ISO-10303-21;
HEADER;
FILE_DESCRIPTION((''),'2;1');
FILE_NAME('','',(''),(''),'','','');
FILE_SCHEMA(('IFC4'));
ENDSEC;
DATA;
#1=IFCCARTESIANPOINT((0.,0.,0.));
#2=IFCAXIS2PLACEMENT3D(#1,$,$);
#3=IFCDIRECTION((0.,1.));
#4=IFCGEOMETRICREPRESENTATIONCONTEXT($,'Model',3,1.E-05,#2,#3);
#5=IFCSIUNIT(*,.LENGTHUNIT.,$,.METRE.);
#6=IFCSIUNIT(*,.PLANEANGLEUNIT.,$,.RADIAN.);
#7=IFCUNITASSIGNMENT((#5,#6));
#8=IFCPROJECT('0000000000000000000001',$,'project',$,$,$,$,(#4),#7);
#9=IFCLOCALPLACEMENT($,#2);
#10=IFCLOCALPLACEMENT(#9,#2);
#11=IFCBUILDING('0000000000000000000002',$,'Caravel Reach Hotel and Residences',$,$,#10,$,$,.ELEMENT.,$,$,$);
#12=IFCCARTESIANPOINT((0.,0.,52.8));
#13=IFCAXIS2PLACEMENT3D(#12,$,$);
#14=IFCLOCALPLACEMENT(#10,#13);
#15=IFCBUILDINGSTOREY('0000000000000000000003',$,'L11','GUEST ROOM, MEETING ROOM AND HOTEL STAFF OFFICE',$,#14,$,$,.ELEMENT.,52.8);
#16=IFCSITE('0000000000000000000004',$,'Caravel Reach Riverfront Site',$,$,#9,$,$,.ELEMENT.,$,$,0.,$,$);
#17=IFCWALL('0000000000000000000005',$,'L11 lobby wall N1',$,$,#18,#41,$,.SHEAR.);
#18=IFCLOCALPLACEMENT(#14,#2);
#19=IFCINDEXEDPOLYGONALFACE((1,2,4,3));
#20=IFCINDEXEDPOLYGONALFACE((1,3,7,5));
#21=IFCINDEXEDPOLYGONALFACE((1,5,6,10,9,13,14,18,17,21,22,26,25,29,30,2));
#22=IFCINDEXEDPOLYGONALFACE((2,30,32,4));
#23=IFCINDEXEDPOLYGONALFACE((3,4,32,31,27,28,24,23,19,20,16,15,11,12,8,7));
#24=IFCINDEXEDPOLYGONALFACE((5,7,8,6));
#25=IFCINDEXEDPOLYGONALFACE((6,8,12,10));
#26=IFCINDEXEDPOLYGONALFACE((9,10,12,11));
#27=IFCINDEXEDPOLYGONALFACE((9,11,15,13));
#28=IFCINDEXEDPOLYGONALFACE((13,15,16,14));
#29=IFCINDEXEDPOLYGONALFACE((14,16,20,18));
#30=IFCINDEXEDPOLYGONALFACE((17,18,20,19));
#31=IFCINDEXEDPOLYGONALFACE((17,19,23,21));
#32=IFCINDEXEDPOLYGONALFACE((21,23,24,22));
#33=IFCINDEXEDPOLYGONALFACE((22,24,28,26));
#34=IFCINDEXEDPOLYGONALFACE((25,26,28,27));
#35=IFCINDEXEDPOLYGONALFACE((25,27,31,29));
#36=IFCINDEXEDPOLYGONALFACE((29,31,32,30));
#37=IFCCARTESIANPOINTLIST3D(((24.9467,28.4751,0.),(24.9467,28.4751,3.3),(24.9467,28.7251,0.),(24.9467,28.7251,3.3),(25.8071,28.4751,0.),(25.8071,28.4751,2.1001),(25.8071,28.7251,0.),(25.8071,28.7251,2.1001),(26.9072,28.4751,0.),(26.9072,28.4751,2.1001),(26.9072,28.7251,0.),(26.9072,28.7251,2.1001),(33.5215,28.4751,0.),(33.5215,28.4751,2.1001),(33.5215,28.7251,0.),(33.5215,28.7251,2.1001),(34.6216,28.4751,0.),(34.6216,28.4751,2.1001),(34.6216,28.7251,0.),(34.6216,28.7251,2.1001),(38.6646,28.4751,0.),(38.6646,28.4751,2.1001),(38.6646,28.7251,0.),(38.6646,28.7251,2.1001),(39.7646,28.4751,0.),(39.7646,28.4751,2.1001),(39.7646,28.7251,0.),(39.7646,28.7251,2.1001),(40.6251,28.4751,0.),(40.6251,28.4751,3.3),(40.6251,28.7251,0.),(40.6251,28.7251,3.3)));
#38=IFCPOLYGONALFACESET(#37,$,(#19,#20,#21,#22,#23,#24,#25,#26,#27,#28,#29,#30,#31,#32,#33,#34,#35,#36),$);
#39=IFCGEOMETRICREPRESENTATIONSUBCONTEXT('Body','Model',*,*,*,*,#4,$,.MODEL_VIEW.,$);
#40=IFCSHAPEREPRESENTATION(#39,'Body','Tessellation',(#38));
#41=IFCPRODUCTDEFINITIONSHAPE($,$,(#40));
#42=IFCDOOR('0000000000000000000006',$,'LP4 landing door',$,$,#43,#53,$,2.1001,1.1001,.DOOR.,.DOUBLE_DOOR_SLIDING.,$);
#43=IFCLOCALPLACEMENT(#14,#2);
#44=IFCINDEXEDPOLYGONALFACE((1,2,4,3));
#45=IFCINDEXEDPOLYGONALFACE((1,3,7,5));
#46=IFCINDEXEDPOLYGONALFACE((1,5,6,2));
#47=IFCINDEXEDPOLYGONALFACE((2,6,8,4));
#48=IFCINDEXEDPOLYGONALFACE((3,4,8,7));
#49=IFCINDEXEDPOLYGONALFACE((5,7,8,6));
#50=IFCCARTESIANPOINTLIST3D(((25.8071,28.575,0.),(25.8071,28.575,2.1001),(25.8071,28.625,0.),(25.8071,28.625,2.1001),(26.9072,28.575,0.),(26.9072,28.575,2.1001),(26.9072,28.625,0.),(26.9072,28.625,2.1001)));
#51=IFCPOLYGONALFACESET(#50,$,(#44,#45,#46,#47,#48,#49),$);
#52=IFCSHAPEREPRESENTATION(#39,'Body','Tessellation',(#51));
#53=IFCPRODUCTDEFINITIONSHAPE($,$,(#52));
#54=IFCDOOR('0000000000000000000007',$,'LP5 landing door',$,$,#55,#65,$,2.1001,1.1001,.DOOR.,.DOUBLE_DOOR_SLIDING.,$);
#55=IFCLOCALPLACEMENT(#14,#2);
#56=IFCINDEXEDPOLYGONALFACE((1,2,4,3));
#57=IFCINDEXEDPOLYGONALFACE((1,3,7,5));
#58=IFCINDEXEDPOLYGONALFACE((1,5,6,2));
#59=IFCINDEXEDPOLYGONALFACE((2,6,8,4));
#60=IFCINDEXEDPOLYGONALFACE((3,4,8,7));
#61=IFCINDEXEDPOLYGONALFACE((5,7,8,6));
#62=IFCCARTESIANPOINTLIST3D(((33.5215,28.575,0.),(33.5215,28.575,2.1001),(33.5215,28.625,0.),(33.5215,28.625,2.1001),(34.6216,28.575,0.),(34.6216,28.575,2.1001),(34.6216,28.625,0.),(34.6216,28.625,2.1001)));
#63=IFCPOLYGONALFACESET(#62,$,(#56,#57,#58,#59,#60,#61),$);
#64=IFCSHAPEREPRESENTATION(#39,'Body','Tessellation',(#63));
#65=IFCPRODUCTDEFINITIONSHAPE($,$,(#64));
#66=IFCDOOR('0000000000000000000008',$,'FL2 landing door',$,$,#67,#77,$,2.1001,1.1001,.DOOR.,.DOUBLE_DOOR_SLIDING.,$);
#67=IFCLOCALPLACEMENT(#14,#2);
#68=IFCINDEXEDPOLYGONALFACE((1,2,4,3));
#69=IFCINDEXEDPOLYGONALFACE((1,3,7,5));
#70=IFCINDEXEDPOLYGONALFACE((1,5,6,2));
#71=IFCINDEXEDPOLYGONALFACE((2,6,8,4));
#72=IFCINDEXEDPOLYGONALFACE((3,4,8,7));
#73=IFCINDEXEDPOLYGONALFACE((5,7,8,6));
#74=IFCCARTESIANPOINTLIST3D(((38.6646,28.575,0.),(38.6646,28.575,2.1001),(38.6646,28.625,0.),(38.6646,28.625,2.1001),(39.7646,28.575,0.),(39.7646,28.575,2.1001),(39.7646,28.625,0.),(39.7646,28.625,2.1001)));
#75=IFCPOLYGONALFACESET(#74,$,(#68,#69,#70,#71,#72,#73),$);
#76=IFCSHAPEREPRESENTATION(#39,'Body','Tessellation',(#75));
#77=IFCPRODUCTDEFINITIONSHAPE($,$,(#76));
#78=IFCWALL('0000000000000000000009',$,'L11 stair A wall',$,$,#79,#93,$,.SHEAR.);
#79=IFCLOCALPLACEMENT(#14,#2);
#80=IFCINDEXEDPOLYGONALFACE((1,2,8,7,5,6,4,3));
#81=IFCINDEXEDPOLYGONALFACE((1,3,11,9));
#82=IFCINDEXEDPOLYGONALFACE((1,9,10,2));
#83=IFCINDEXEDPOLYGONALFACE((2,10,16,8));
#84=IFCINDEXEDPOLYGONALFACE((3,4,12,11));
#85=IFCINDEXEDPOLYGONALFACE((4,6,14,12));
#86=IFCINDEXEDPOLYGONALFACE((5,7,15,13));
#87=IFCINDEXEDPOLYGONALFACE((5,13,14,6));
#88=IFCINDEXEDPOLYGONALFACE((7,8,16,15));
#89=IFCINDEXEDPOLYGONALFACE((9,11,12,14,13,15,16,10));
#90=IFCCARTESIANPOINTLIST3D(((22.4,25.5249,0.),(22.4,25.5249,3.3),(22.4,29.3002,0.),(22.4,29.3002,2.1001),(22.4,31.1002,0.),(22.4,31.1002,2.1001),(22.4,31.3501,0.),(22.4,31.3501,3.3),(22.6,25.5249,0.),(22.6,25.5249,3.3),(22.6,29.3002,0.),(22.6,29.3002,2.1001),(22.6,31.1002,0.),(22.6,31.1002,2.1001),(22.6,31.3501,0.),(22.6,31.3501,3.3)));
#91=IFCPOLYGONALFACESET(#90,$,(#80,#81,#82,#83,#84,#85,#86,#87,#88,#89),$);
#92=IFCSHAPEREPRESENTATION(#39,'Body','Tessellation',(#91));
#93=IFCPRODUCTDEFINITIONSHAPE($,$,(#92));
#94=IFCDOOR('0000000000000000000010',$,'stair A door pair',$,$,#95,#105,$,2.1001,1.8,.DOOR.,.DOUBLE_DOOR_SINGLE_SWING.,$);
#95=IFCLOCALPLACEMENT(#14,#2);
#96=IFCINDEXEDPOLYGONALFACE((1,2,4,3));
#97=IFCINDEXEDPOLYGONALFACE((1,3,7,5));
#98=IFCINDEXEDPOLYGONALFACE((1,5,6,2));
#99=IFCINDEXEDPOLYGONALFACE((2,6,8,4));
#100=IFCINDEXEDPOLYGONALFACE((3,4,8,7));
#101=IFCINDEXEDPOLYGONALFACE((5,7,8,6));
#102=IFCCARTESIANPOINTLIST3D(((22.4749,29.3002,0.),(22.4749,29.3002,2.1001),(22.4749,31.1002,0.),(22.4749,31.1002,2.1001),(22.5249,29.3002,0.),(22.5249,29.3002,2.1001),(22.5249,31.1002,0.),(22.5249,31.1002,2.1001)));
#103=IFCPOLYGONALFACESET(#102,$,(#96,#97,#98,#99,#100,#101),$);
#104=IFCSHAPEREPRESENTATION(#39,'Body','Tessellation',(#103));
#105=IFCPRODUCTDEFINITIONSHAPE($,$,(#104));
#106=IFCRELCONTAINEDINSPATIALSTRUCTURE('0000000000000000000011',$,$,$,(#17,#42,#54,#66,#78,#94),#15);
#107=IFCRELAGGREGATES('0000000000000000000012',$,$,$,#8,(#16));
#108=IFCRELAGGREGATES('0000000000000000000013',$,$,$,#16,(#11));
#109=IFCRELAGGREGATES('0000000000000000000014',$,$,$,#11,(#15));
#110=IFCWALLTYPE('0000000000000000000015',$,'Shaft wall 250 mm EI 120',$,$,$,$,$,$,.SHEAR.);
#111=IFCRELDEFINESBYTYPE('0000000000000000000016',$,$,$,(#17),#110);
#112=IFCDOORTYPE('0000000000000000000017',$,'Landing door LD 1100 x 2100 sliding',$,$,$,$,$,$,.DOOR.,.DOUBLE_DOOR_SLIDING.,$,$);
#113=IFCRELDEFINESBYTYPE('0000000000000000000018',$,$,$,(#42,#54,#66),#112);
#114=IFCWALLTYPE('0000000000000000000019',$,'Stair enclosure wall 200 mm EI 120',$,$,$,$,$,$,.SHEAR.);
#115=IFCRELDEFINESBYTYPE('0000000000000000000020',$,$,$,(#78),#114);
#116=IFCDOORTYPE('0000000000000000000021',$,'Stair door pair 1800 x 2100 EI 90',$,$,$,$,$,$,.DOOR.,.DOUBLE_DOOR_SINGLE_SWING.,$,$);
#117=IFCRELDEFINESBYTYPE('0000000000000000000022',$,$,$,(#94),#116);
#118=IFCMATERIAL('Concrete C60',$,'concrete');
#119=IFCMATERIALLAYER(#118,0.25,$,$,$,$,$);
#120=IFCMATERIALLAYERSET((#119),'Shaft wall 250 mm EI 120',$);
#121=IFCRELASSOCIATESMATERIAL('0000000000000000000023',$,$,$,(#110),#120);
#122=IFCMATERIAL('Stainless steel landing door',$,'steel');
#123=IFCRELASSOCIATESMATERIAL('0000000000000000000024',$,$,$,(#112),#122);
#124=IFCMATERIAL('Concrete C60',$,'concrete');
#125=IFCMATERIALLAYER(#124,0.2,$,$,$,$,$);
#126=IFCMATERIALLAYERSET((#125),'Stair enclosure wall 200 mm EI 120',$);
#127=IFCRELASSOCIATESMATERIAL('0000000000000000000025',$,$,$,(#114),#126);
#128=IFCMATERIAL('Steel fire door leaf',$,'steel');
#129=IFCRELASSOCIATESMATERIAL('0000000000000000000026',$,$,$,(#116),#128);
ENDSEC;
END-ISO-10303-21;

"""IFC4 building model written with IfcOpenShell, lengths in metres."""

from ifc_helpers import new_model, si_unit, direction, frame, frame_2d, origin, place, context, subcontext, project, spatial, rectangle, extrude, material, layer, layer_set, type_object, element, fill, save


model = new_model("IFC4")

# Units and contexts
model_context = context("Model", 3, precision=1e-05, world=origin(), true_north=direction((0.0, 1.0)))
body_context = subcontext(model_context, "Body", "Model", "MODEL_VIEW")
ifc_project = project(units=[si_unit("LENGTHUNIT", "METRE"), si_unit("PLANEANGLEUNIT", "RADIAN")], contexts=[model_context])

# Site, building, storey
site_placement = place(None, origin())
site = spatial("IfcSite", under=ifc_project, at=site_placement, Name="Caravel Reach Riverfront Site", CompositionType="ELEMENT", RefElevation=0.0)
building_placement = place(site_placement, origin())
building = spatial("IfcBuilding", under=site, at=building_placement, Name="Caravel Reach Hotel and Residences", CompositionType="ELEMENT")
storey_placement = place(building_placement, frame((0.0, 0.0, 52.8)))
storey = spatial("IfcBuildingStorey", under=building, at=storey_placement, Name="L11", Description="GUEST ROOM, MEETING ROOM AND HOTEL STAFF OFFICE", CompositionType="ELEMENT", Elevation=52.8)

# Wall, openings, doors
ifc_material_1 = material(Name="Concrete C60", Category="concrete")
ifc_layer_1 = layer(ifc_material_1, 0.25)
ifc_layer_set_1 = layer_set([ifc_layer_1], Name="Shaft wall 250 mm EI 120")
wall_type_1 = type_object("IfcWallType", Name="Shaft wall 250 mm EI 120", PredefinedType="SHEAR", material=ifc_layer_set_1)
wall_1_placement = place(storey_placement, frame((24.9465, 28.6001, 0.0), z_axis=(0.0, 0.0, 1.0), x_axis=(1.0, 0.0, 0.0)))
wall_1 = element("IfcWall", 1, at=wall_1_placement, inside=storey, type_object=wall_type_1, Name="L11 lobby wall N1", PredefinedType="SHEAR", context=body_context, shape_type="SweptSolid", body=[
    extrude(rectangle(XDim=15.6785, YDim=0.25, at=frame_2d((7.8394, 0.0))), origin(), (0.0, 0.0, 1.0), 3.3),
])
opening_1_placement = place(wall_1_placement, frame((0.8606, 0.0, 0.0)))
opening_1 = element("IfcOpeningElement", 2, at=opening_1_placement, cuts=wall_1, PredefinedType="OPENING", context=body_context, shape_type="SweptSolid", body=[
    extrude(rectangle(XDim=1.1001, YDim=2.1001, at=frame_2d((0.55, 1.05))), frame((0.0, 0.135, 0.0), z_axis=(0.0, -1.0, 0.0), x_axis=(1.0, 0.0, 0.0)), (0.0, 0.0, 1.0), 0.27),
])
opening_2_placement = place(wall_1_placement, frame((8.575, 0.0, 0.0)))
opening_2 = element("IfcOpeningElement", 3, at=opening_2_placement, cuts=wall_1, PredefinedType="OPENING", context=body_context, shape_type="SweptSolid", body=[
    extrude(rectangle(XDim=1.1001, YDim=2.1001, at=frame_2d((0.55, 1.05))), frame((0.0, 0.135, 0.0), z_axis=(0.0, -1.0, 0.0), x_axis=(1.0, 0.0, 0.0)), (0.0, 0.0, 1.0), 0.27),
])
opening_3_placement = place(wall_1_placement, frame((13.718, 0.0, 0.0)))
opening_3 = element("IfcOpeningElement", 4, at=opening_3_placement, cuts=wall_1, PredefinedType="OPENING", context=body_context, shape_type="SweptSolid", body=[
    extrude(rectangle(XDim=1.1001, YDim=2.1001, at=frame_2d((0.55, 1.05))), frame((0.0, 0.135, 0.0), z_axis=(0.0, -1.0, 0.0), x_axis=(1.0, 0.0, 0.0)), (0.0, 0.0, 1.0), 0.27),
])
ifc_material_2 = material(Name="Stainless steel landing door", Category="steel")
door_type_1 = type_object("IfcDoorType", Name="Landing door LD 1100 x 2100 sliding", OperationType="DOUBLE_DOOR_SLIDING", PredefinedType="DOOR", material=ifc_material_2)
door_1_placement = place(opening_1_placement, origin())
door_1 = element("IfcDoor", 5, at=door_1_placement, inside=storey, type_object=door_type_1, Name="LP4 landing door", OperationType="DOUBLE_DOOR_SLIDING", OverallHeight=2.1001, OverallWidth=1.1001, PredefinedType="DOOR", context=body_context, shape_type="SweptSolid", body=[
    extrude(rectangle(XDim=1.1001, YDim=2.1001, at=frame_2d((0.55, 1.05))), frame((0.0, 0.0249, 0.0), z_axis=(0.0, -1.0, 0.0), x_axis=(1.0, 0.0, 0.0)), (0.0, 0.0, 1.0), 0.05),
])
fill(opening_1, door_1)
door_2_placement = place(opening_2_placement, origin())
door_2 = element("IfcDoor", 6, at=door_2_placement, inside=storey, type_object=door_type_1, Name="LP5 landing door", OperationType="DOUBLE_DOOR_SLIDING", OverallHeight=2.1001, OverallWidth=1.1001, PredefinedType="DOOR", context=body_context, shape_type="SweptSolid", body=[
    extrude(rectangle(XDim=1.1001, YDim=2.1001, at=frame_2d((0.55, 1.05))), frame((0.0, 0.0249, 0.0), z_axis=(0.0, -1.0, 0.0), x_axis=(1.0, 0.0, 0.0)), (0.0, 0.0, 1.0), 0.05),
])
fill(opening_2, door_2)
door_3_placement = place(opening_3_placement, origin())
door_3 = element("IfcDoor", 7, at=door_3_placement, inside=storey, type_object=door_type_1, Name="FL2 landing door", OperationType="DOUBLE_DOOR_SLIDING", OverallHeight=2.1001, OverallWidth=1.1001, PredefinedType="DOOR", context=body_context, shape_type="SweptSolid", body=[
    extrude(rectangle(XDim=1.1001, YDim=2.1001, at=frame_2d((0.55, 1.05))), frame((0.0, 0.0249, 0.0), z_axis=(0.0, -1.0, 0.0), x_axis=(1.0, 0.0, 0.0)), (0.0, 0.0, 1.0), 0.05),
])
fill(opening_3, door_3)

# Wall, opening, door
ifc_material_3 = material(Name="Concrete C60", Category="concrete")
ifc_layer_2 = layer(ifc_material_3, 0.2)
ifc_layer_set_2 = layer_set([ifc_layer_2], Name="Stair enclosure wall 200 mm EI 120")
wall_type_2 = type_object("IfcWallType", Name="Stair enclosure wall 200 mm EI 120", PredefinedType="SHEAR", material=ifc_layer_set_2)
wall_2_placement = place(storey_placement, frame((22.5, 31.3501, 0.0), z_axis=(0.0, 0.0, 1.0), x_axis=(0.0, -1.0, 0.0)))
wall_2 = element("IfcWall", 8, at=wall_2_placement, inside=storey, type_object=wall_type_2, Name="L11 stair A wall", PredefinedType="SHEAR", context=body_context, shape_type="SweptSolid", body=[
    extrude(rectangle(XDim=5.8252, YDim=0.2, at=frame_2d((2.9126, 0.0))), origin(), (0.0, 0.0, 1.0), 3.3),
])
opening_4_placement = place(wall_2_placement, frame((0.25, 0.0, 0.0)))
opening_4 = element("IfcOpeningElement", 9, at=opening_4_placement, cuts=wall_2, PredefinedType="OPENING", context=body_context, shape_type="SweptSolid", body=[
    extrude(rectangle(XDim=1.8, YDim=2.1001, at=frame_2d((0.8999, 1.05))), frame((0.0, 0.1099, 0.0), z_axis=(0.0, -1.0, 0.0), x_axis=(1.0, 0.0, 0.0)), (0.0, 0.0, 1.0), 0.22),
])
ifc_material_4 = material(Name="Steel fire door leaf", Category="steel")
door_type_2 = type_object("IfcDoorType", Name="Stair door pair 1800 x 2100 EI 90", OperationType="DOUBLE_DOOR_SINGLE_SWING", PredefinedType="DOOR", material=ifc_material_4)
door_4_placement = place(opening_4_placement, origin())
door_4 = element("IfcDoor", 10, at=door_4_placement, inside=storey, type_object=door_type_2, Name="stair A door pair", OperationType="DOUBLE_DOOR_SINGLE_SWING", OverallHeight=2.1001, OverallWidth=1.8, PredefinedType="DOOR", context=body_context, shape_type="SweptSolid", body=[
    extrude(rectangle(XDim=1.8, YDim=2.1001, at=frame_2d((0.8999, 1.05))), frame((0.0, 0.0249, 0.0), z_axis=(0.0, -1.0, 0.0), x_axis=(1.0, 0.0, 0.0)), (0.0, 0.0, 1.0), 0.05),
])
fill(opening_4, door_4)

save(model, "model.ifc")
